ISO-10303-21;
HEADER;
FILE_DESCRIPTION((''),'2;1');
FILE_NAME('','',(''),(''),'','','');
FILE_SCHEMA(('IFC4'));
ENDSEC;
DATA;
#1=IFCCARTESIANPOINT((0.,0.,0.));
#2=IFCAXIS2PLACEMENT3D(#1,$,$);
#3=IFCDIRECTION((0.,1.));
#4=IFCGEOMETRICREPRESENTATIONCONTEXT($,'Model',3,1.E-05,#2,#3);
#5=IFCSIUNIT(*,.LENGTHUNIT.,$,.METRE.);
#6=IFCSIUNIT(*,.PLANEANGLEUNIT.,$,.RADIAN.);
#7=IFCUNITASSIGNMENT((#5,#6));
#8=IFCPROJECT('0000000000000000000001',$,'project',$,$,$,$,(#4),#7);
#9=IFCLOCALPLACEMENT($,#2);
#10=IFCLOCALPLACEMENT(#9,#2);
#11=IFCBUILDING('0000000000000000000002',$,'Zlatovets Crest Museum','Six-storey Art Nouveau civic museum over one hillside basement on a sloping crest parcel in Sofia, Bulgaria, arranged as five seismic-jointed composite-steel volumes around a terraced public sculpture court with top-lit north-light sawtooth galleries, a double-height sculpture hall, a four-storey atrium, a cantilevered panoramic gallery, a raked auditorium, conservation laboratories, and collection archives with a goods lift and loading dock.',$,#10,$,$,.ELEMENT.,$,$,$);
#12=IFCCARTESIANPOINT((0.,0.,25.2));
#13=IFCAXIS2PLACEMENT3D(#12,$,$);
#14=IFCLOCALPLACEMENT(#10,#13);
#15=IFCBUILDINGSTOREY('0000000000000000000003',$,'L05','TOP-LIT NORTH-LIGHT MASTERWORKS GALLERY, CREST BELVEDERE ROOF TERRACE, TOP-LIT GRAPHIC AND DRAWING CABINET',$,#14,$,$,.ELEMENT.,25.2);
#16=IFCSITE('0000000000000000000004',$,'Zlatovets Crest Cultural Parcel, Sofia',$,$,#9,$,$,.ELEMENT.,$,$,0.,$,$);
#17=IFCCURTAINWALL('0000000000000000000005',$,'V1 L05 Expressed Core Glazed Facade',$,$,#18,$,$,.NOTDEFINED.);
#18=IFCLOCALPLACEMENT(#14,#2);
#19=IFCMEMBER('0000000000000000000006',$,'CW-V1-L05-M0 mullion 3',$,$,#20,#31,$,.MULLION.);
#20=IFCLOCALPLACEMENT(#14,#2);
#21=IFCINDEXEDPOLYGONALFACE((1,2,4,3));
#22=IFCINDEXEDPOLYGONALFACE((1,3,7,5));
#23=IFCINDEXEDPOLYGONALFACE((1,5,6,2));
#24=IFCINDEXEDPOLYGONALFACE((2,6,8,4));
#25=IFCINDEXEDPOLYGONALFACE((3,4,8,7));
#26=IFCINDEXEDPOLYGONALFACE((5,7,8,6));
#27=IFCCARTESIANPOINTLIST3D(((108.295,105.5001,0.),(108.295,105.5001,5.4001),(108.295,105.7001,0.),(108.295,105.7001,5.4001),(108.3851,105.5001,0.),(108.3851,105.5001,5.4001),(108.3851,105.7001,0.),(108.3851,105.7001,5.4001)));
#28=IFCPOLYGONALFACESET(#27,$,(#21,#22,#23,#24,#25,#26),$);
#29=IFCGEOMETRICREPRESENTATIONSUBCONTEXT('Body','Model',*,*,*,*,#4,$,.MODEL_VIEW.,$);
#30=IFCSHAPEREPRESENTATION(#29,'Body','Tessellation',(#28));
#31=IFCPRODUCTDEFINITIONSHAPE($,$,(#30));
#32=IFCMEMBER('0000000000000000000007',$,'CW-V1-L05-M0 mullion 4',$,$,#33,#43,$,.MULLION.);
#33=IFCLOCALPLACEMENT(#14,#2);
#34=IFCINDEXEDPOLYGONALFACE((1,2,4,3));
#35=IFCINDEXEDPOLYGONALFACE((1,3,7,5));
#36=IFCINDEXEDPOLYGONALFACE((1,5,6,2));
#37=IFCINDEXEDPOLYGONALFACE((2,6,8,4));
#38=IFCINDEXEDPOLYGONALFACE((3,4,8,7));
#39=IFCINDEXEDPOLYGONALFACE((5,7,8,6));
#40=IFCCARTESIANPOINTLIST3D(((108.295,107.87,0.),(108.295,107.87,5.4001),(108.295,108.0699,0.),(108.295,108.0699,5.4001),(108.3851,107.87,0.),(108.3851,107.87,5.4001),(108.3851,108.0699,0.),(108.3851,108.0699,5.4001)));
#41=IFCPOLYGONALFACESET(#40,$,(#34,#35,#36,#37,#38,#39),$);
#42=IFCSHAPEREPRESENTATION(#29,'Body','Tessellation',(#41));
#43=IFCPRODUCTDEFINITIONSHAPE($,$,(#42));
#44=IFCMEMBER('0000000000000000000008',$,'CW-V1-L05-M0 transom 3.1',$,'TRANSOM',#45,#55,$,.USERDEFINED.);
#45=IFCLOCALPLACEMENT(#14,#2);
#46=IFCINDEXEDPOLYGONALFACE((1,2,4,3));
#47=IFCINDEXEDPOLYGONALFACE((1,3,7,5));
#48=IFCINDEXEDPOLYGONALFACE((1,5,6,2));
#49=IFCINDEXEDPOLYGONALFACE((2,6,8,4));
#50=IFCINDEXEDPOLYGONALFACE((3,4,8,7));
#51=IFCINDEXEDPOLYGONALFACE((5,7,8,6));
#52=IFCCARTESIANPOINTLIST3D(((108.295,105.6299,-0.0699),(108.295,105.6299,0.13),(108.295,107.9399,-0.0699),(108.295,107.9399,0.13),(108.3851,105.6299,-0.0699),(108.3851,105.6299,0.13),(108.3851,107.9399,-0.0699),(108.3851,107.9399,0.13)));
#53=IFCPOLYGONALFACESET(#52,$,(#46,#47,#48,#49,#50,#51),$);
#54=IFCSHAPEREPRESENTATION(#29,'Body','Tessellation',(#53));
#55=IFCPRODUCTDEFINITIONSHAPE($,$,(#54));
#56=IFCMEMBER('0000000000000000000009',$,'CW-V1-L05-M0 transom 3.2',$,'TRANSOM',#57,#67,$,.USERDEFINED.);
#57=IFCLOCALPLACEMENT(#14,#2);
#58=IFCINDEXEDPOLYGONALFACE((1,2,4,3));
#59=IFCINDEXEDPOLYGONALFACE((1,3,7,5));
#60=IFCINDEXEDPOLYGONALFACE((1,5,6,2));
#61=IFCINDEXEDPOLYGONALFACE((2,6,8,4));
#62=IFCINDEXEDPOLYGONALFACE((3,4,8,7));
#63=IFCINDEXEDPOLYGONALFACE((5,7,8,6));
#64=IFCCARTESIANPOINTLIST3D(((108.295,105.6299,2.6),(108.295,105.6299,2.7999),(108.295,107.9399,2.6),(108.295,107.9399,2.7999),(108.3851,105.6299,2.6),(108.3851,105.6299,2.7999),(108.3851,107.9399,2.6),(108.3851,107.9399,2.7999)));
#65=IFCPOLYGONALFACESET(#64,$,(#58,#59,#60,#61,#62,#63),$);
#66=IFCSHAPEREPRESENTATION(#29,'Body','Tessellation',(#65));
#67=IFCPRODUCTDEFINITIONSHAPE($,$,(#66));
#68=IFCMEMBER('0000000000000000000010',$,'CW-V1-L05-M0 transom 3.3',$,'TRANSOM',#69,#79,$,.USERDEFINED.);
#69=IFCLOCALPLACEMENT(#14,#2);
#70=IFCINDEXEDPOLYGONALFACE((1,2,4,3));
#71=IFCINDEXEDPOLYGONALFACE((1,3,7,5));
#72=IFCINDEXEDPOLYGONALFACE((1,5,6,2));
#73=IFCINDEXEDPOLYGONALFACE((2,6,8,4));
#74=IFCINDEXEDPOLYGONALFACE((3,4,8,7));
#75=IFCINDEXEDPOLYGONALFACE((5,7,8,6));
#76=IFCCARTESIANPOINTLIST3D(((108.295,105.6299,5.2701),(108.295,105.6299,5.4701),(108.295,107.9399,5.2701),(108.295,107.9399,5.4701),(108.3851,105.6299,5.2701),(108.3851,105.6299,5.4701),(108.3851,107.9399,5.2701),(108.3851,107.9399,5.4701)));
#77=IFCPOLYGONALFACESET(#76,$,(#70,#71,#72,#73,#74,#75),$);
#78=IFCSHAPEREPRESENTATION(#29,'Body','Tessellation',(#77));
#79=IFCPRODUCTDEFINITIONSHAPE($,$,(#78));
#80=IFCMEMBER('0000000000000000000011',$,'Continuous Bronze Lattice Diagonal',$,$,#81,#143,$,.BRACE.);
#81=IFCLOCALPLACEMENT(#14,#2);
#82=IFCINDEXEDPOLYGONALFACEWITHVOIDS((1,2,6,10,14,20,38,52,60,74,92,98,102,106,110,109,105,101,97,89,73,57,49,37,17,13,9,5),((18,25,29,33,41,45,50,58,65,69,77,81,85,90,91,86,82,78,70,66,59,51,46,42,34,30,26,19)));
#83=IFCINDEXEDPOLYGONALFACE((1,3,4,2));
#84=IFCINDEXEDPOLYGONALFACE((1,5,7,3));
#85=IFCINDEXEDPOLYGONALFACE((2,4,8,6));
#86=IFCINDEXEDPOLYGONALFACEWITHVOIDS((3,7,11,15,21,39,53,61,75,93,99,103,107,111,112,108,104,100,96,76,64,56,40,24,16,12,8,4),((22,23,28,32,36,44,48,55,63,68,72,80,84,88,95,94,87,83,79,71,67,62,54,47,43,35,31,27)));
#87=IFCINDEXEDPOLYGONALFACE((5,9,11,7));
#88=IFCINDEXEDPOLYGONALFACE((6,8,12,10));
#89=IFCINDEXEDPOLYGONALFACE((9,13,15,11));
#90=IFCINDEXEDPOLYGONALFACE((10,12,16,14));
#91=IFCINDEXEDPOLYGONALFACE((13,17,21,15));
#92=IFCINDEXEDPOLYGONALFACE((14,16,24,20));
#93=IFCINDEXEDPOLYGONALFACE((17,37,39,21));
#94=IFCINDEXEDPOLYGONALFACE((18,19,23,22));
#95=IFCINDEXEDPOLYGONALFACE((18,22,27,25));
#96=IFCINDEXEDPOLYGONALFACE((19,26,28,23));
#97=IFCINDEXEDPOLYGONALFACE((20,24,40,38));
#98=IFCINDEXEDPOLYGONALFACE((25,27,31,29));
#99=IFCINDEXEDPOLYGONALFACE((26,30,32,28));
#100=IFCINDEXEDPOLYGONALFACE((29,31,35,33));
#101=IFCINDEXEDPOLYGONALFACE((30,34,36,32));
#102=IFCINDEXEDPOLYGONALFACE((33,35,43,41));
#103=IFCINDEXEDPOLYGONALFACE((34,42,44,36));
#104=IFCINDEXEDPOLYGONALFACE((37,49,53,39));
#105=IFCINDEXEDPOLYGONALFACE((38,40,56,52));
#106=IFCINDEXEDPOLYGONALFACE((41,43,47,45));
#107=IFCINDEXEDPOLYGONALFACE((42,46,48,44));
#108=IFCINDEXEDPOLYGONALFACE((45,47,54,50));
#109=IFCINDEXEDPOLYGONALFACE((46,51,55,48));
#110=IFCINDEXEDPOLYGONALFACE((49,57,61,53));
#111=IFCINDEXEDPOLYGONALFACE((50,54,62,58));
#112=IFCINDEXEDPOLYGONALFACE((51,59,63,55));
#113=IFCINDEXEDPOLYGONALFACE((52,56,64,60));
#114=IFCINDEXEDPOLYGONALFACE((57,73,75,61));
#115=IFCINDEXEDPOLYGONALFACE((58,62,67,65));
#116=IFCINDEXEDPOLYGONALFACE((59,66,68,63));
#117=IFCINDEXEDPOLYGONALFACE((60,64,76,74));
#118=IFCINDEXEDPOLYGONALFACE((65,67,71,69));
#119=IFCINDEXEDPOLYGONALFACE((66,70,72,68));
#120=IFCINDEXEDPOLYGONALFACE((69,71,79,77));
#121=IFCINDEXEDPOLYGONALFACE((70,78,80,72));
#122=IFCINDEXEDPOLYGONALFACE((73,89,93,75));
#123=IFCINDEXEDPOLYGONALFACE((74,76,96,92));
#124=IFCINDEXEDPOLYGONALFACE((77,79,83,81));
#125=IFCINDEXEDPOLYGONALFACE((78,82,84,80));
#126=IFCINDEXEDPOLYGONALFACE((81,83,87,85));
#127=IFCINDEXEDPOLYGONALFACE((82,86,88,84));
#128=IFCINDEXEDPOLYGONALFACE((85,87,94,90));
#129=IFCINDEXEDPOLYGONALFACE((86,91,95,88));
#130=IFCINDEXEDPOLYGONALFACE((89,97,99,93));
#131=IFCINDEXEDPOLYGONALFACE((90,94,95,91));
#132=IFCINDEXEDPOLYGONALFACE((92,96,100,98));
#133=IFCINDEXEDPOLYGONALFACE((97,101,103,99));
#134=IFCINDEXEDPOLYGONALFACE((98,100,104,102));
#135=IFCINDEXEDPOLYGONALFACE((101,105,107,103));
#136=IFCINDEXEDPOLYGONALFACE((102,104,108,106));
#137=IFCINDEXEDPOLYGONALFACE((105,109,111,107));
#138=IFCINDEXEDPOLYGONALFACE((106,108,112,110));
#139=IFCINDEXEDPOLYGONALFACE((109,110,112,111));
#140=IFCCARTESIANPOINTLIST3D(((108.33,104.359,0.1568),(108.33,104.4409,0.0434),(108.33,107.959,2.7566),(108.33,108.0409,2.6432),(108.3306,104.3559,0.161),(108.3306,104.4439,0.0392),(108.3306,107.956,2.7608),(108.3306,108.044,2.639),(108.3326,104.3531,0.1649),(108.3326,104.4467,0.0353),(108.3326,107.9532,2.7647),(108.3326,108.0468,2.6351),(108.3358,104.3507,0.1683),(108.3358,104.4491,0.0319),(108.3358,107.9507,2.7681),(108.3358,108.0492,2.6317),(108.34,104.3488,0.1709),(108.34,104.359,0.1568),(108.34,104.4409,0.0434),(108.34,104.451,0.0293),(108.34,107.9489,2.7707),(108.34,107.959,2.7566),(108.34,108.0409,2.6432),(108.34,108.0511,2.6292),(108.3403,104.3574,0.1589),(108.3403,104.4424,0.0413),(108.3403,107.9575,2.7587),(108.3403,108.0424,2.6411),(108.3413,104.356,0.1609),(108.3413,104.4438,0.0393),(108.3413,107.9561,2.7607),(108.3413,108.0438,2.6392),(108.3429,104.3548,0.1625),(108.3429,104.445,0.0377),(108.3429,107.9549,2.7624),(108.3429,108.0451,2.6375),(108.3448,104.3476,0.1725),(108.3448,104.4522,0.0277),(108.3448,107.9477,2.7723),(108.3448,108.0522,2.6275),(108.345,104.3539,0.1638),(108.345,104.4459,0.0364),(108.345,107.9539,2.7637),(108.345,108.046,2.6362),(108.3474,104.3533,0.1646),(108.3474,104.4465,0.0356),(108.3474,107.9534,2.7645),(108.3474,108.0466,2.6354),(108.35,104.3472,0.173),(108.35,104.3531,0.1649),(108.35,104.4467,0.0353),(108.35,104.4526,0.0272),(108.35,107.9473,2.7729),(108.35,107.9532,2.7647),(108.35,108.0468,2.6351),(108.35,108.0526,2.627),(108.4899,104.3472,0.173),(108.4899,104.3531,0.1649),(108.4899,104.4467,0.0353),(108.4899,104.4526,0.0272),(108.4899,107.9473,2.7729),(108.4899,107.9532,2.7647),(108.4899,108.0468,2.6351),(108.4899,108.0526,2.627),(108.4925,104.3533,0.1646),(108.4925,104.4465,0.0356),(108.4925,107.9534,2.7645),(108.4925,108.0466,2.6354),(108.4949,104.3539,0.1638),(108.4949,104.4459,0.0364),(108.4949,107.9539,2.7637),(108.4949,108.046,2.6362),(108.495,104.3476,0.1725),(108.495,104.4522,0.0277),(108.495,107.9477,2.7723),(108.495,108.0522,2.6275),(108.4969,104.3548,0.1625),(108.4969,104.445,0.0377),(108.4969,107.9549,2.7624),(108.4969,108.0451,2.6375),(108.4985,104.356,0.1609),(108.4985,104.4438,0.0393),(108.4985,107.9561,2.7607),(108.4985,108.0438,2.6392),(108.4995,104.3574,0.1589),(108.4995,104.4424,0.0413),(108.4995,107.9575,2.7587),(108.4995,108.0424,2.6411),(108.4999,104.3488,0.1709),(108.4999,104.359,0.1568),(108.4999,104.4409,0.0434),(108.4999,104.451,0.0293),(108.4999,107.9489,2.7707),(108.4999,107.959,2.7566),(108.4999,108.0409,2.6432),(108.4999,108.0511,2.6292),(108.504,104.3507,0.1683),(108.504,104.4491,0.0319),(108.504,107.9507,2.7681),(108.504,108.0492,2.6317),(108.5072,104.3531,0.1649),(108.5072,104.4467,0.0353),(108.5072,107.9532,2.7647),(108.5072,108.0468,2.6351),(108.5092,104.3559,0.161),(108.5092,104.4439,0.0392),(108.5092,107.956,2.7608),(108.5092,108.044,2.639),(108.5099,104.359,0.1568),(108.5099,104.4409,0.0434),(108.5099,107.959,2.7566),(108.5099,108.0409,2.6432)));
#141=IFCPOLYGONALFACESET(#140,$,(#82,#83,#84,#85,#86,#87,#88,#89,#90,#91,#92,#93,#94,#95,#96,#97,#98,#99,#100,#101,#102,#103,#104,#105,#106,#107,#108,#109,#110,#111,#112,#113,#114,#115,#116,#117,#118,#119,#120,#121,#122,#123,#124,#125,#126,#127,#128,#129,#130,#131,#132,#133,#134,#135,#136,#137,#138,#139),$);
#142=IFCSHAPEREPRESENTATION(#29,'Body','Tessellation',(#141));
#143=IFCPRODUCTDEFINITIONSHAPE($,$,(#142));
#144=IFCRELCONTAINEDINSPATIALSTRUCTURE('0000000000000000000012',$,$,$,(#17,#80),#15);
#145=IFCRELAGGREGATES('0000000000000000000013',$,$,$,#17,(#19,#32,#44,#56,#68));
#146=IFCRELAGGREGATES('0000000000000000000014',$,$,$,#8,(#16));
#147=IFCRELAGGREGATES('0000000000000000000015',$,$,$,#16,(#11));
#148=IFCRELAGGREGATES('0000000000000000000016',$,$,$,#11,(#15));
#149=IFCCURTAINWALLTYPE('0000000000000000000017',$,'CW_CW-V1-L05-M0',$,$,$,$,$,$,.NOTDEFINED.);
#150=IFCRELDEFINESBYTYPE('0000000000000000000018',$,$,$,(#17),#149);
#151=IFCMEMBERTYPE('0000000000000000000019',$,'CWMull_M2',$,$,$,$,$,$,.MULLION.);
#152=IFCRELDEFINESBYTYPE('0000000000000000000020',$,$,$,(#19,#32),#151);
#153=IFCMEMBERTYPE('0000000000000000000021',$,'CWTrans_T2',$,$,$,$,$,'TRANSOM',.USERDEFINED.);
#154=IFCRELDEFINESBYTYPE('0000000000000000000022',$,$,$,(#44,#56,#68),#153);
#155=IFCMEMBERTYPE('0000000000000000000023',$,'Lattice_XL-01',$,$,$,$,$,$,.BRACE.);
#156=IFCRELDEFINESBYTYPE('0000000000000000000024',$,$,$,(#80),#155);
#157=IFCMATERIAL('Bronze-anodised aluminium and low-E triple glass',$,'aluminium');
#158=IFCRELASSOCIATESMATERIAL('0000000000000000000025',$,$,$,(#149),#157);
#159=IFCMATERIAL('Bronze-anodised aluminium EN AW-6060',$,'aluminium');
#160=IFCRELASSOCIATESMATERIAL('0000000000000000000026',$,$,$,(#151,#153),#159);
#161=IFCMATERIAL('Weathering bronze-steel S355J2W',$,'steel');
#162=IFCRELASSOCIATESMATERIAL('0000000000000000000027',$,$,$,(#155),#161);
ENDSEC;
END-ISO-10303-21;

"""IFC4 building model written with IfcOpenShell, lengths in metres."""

from ifc_helpers import new_model, si_unit, direction, frame, origin, origin_2d, place, context, subcontext, project, spatial, rectangle, hollow_rectangle, extrude, material, material_profile, profile_set, type_object, element, aggregate, save


model = new_model("IFC4")

# Units and contexts
model_context = context("Model", 3, precision=1e-05, world=origin(), true_north=direction((0.0, 1.0)))
body_context = subcontext(model_context, "Body", "Model", "MODEL_VIEW")
ifc_project = project(units=[si_unit("LENGTHUNIT", "METRE"), si_unit("PLANEANGLEUNIT", "RADIAN")], contexts=[model_context])

# Site, building, storey
site_placement = place(None, origin())
site = spatial("IfcSite", under=ifc_project, at=site_placement, Name="Zlatovets Crest Cultural Parcel, Sofia", CompositionType="ELEMENT", RefElevation=0.0)
building_placement = place(site_placement, origin())
building = spatial("IfcBuilding", under=site, at=building_placement, Name="Zlatovets Crest Museum", Description="Six-storey Art Nouveau civic museum over one hillside basement on a sloping crest parcel in Sofia, Bulgaria, arranged as five seismic-jointed composite-steel volumes around a terraced public sculpture court with top-lit north-light sawtooth galleries, a double-height sculpture hall, a four-storey atrium, a cantilevered panoramic gallery, a raked auditorium, conservation laboratories, and collection archives with a goods lift and loading dock.", CompositionType="ELEMENT")
storey_placement = place(building_placement, frame((0.0, 0.0, 25.2)))
storey = spatial("IfcBuildingStorey", under=building, at=storey_placement, Name="L05", Description="TOP-LIT NORTH-LIGHT MASTERWORKS GALLERY, CREST BELVEDERE ROOF TERRACE, TOP-LIT GRAPHIC AND DRAWING CABINET", CompositionType="ELEMENT", Elevation=25.2)

# Curtain wall, members
ifc_material_1 = material(Name="Bronze-anodised aluminium and low-E triple glass", Category="aluminium")
curtain_wall_type = type_object("IfcCurtainWallType", Name="CW_CW-V1-L05-M0", PredefinedType="NOTDEFINED", material=ifc_material_1)
curtain_wall_placement = place(storey_placement, origin())
curtain_wall = element("IfcCurtainWall", 1, at=curtain_wall_placement, inside=storey, type_object=curtain_wall_type, Name="V1 L05 Expressed Core Glazed Facade", PredefinedType="NOTDEFINED")
ifc_material_2 = material(Name="Bronze-anodised aluminium EN AW-6060", Category="aluminium")
ifc_material_profile_1 = material_profile(ifc_material_2, rectangle(XDim=0.0901, YDim=0.2, at=origin_2d()), Name="ALU 90x200")
ifc_profile_set_1 = profile_set([ifc_material_profile_1], Name="Bronze-anodised aluminium EN AW-6060")
member_type_1 = type_object("IfcMemberType", Name="CWMull_M2", PredefinedType="MULLION", material=ifc_profile_set_1)
member_1_placement = place(storey_placement, frame((108.3401, 105.6001, 0.0), z_axis=(0.0, 0.0, 1.0), x_axis=(-1.0, 0.0, 0.0)))
member_1 = element("IfcMember", 2, at=member_1_placement, type_object=member_type_1, Name="CW-V1-L05-M0 mullion 3", PredefinedType="MULLION", context=body_context, shape_type="SweptSolid", body=[
    extrude(rectangle(XDim=0.0901, YDim=0.2, at=origin_2d()), origin(), (0.0, 0.0, 1.0), 5.4001),
])
member_2_placement = place(storey_placement, frame((108.3401, 107.97, 0.0), z_axis=(0.0, 0.0, 1.0), x_axis=(-1.0, 0.0, 0.0)))
member_2 = element("IfcMember", 3, at=member_2_placement, type_object=member_type_1, Name="CW-V1-L05-M0 mullion 4", PredefinedType="MULLION", context=body_context, shape_type="SweptSolid", body=[
    extrude(rectangle(XDim=0.0901, YDim=0.2, at=origin_2d()), origin(), (0.0, 0.0, 1.0), 5.4001),
])
ifc_material_profile_2 = material_profile(ifc_material_2, rectangle(XDim=0.0901, YDim=0.2, at=origin_2d()), Name="ALU 90x200")
ifc_profile_set_2 = profile_set([ifc_material_profile_2], Name="Bronze-anodised aluminium EN AW-6060")
member_type_2 = type_object("IfcMemberType", Name="CWTrans_T2", ElementType="TRANSOM", PredefinedType="USERDEFINED", material=ifc_profile_set_2)
member_3_placement = place(storey_placement, frame((108.3401, 105.6299, 0.03), z_axis=(0.0, 1.0, 0.0), x_axis=(-1.0, 0.0, 0.0)))
member_3 = element("IfcMember", 4, at=member_3_placement, type_object=member_type_2, Name="CW-V1-L05-M0 transom 3.1", ObjectType="TRANSOM", PredefinedType="USERDEFINED", context=body_context, shape_type="SweptSolid", body=[
    extrude(rectangle(XDim=0.0901, YDim=0.2, at=origin_2d()), origin(), (0.0, 0.0, 1.0), 2.3101),
])
member_4_placement = place(storey_placement, frame((108.3401, 105.6299, 2.7), z_axis=(0.0, 1.0, 0.0), x_axis=(-1.0, 0.0, 0.0)))
member_4 = element("IfcMember", 5, at=member_4_placement, type_object=member_type_2, Name="CW-V1-L05-M0 transom 3.2", ObjectType="TRANSOM", PredefinedType="USERDEFINED", context=body_context, shape_type="SweptSolid", body=[
    extrude(rectangle(XDim=0.0901, YDim=0.2, at=origin_2d()), origin(), (0.0, 0.0, 1.0), 2.3101),
])
member_5_placement = place(storey_placement, frame((108.3401, 105.6299, 5.3701), z_axis=(0.0, 1.0, 0.0), x_axis=(-1.0, 0.0, 0.0)))
member_5 = element("IfcMember", 6, at=member_5_placement, type_object=member_type_2, Name="CW-V1-L05-M0 transom 3.3", ObjectType="TRANSOM", PredefinedType="USERDEFINED", context=body_context, shape_type="SweptSolid", body=[
    extrude(rectangle(XDim=0.0901, YDim=0.2, at=origin_2d()), origin(), (0.0, 0.0, 1.0), 2.3101),
])

# Member
ifc_material_3 = material(Name="Weathering bronze-steel S355J2W", Category="steel")
ifc_material_profile_3 = material_profile(ifc_material_3, hollow_rectangle(XDim=0.1799, YDim=0.1799, WallThickness=0.01, InnerFilletRadius=0.01, OuterFilletRadius=0.02, at=origin_2d()), Name="SHS 180x180x10.0")
ifc_profile_set_3 = profile_set([ifc_material_profile_3], Name="Weathering bronze-steel S355J2W")
member_type_3 = type_object("IfcMemberType", Name="Lattice_XL-01", PredefinedType="BRACE", material=ifc_profile_set_3)
member_6_placement = place(storey_placement, frame((108.4199, 104.3999, 0.1001), z_axis=(0.0, 0.810702, 0.585458), x_axis=(-1.0, 0.0, 0.0)))
element("IfcMember", 7, at=member_6_placement, inside=storey, type_object=member_type_3, Name="Continuous Bronze Lattice Diagonal", PredefinedType="BRACE", context=body_context, shape_type="SweptSolid", body=[
    extrude(hollow_rectangle(XDim=0.1799, YDim=0.1799, WallThickness=0.01, InnerFilletRadius=0.01, OuterFilletRadius=0.02, at=origin_2d()), origin(), (0.0, 0.0, 1.0), 4.4407),
])

aggregate(curtain_wall, [member_1, member_2, member_3, member_4, member_5])

save(model, "model.ifc")
